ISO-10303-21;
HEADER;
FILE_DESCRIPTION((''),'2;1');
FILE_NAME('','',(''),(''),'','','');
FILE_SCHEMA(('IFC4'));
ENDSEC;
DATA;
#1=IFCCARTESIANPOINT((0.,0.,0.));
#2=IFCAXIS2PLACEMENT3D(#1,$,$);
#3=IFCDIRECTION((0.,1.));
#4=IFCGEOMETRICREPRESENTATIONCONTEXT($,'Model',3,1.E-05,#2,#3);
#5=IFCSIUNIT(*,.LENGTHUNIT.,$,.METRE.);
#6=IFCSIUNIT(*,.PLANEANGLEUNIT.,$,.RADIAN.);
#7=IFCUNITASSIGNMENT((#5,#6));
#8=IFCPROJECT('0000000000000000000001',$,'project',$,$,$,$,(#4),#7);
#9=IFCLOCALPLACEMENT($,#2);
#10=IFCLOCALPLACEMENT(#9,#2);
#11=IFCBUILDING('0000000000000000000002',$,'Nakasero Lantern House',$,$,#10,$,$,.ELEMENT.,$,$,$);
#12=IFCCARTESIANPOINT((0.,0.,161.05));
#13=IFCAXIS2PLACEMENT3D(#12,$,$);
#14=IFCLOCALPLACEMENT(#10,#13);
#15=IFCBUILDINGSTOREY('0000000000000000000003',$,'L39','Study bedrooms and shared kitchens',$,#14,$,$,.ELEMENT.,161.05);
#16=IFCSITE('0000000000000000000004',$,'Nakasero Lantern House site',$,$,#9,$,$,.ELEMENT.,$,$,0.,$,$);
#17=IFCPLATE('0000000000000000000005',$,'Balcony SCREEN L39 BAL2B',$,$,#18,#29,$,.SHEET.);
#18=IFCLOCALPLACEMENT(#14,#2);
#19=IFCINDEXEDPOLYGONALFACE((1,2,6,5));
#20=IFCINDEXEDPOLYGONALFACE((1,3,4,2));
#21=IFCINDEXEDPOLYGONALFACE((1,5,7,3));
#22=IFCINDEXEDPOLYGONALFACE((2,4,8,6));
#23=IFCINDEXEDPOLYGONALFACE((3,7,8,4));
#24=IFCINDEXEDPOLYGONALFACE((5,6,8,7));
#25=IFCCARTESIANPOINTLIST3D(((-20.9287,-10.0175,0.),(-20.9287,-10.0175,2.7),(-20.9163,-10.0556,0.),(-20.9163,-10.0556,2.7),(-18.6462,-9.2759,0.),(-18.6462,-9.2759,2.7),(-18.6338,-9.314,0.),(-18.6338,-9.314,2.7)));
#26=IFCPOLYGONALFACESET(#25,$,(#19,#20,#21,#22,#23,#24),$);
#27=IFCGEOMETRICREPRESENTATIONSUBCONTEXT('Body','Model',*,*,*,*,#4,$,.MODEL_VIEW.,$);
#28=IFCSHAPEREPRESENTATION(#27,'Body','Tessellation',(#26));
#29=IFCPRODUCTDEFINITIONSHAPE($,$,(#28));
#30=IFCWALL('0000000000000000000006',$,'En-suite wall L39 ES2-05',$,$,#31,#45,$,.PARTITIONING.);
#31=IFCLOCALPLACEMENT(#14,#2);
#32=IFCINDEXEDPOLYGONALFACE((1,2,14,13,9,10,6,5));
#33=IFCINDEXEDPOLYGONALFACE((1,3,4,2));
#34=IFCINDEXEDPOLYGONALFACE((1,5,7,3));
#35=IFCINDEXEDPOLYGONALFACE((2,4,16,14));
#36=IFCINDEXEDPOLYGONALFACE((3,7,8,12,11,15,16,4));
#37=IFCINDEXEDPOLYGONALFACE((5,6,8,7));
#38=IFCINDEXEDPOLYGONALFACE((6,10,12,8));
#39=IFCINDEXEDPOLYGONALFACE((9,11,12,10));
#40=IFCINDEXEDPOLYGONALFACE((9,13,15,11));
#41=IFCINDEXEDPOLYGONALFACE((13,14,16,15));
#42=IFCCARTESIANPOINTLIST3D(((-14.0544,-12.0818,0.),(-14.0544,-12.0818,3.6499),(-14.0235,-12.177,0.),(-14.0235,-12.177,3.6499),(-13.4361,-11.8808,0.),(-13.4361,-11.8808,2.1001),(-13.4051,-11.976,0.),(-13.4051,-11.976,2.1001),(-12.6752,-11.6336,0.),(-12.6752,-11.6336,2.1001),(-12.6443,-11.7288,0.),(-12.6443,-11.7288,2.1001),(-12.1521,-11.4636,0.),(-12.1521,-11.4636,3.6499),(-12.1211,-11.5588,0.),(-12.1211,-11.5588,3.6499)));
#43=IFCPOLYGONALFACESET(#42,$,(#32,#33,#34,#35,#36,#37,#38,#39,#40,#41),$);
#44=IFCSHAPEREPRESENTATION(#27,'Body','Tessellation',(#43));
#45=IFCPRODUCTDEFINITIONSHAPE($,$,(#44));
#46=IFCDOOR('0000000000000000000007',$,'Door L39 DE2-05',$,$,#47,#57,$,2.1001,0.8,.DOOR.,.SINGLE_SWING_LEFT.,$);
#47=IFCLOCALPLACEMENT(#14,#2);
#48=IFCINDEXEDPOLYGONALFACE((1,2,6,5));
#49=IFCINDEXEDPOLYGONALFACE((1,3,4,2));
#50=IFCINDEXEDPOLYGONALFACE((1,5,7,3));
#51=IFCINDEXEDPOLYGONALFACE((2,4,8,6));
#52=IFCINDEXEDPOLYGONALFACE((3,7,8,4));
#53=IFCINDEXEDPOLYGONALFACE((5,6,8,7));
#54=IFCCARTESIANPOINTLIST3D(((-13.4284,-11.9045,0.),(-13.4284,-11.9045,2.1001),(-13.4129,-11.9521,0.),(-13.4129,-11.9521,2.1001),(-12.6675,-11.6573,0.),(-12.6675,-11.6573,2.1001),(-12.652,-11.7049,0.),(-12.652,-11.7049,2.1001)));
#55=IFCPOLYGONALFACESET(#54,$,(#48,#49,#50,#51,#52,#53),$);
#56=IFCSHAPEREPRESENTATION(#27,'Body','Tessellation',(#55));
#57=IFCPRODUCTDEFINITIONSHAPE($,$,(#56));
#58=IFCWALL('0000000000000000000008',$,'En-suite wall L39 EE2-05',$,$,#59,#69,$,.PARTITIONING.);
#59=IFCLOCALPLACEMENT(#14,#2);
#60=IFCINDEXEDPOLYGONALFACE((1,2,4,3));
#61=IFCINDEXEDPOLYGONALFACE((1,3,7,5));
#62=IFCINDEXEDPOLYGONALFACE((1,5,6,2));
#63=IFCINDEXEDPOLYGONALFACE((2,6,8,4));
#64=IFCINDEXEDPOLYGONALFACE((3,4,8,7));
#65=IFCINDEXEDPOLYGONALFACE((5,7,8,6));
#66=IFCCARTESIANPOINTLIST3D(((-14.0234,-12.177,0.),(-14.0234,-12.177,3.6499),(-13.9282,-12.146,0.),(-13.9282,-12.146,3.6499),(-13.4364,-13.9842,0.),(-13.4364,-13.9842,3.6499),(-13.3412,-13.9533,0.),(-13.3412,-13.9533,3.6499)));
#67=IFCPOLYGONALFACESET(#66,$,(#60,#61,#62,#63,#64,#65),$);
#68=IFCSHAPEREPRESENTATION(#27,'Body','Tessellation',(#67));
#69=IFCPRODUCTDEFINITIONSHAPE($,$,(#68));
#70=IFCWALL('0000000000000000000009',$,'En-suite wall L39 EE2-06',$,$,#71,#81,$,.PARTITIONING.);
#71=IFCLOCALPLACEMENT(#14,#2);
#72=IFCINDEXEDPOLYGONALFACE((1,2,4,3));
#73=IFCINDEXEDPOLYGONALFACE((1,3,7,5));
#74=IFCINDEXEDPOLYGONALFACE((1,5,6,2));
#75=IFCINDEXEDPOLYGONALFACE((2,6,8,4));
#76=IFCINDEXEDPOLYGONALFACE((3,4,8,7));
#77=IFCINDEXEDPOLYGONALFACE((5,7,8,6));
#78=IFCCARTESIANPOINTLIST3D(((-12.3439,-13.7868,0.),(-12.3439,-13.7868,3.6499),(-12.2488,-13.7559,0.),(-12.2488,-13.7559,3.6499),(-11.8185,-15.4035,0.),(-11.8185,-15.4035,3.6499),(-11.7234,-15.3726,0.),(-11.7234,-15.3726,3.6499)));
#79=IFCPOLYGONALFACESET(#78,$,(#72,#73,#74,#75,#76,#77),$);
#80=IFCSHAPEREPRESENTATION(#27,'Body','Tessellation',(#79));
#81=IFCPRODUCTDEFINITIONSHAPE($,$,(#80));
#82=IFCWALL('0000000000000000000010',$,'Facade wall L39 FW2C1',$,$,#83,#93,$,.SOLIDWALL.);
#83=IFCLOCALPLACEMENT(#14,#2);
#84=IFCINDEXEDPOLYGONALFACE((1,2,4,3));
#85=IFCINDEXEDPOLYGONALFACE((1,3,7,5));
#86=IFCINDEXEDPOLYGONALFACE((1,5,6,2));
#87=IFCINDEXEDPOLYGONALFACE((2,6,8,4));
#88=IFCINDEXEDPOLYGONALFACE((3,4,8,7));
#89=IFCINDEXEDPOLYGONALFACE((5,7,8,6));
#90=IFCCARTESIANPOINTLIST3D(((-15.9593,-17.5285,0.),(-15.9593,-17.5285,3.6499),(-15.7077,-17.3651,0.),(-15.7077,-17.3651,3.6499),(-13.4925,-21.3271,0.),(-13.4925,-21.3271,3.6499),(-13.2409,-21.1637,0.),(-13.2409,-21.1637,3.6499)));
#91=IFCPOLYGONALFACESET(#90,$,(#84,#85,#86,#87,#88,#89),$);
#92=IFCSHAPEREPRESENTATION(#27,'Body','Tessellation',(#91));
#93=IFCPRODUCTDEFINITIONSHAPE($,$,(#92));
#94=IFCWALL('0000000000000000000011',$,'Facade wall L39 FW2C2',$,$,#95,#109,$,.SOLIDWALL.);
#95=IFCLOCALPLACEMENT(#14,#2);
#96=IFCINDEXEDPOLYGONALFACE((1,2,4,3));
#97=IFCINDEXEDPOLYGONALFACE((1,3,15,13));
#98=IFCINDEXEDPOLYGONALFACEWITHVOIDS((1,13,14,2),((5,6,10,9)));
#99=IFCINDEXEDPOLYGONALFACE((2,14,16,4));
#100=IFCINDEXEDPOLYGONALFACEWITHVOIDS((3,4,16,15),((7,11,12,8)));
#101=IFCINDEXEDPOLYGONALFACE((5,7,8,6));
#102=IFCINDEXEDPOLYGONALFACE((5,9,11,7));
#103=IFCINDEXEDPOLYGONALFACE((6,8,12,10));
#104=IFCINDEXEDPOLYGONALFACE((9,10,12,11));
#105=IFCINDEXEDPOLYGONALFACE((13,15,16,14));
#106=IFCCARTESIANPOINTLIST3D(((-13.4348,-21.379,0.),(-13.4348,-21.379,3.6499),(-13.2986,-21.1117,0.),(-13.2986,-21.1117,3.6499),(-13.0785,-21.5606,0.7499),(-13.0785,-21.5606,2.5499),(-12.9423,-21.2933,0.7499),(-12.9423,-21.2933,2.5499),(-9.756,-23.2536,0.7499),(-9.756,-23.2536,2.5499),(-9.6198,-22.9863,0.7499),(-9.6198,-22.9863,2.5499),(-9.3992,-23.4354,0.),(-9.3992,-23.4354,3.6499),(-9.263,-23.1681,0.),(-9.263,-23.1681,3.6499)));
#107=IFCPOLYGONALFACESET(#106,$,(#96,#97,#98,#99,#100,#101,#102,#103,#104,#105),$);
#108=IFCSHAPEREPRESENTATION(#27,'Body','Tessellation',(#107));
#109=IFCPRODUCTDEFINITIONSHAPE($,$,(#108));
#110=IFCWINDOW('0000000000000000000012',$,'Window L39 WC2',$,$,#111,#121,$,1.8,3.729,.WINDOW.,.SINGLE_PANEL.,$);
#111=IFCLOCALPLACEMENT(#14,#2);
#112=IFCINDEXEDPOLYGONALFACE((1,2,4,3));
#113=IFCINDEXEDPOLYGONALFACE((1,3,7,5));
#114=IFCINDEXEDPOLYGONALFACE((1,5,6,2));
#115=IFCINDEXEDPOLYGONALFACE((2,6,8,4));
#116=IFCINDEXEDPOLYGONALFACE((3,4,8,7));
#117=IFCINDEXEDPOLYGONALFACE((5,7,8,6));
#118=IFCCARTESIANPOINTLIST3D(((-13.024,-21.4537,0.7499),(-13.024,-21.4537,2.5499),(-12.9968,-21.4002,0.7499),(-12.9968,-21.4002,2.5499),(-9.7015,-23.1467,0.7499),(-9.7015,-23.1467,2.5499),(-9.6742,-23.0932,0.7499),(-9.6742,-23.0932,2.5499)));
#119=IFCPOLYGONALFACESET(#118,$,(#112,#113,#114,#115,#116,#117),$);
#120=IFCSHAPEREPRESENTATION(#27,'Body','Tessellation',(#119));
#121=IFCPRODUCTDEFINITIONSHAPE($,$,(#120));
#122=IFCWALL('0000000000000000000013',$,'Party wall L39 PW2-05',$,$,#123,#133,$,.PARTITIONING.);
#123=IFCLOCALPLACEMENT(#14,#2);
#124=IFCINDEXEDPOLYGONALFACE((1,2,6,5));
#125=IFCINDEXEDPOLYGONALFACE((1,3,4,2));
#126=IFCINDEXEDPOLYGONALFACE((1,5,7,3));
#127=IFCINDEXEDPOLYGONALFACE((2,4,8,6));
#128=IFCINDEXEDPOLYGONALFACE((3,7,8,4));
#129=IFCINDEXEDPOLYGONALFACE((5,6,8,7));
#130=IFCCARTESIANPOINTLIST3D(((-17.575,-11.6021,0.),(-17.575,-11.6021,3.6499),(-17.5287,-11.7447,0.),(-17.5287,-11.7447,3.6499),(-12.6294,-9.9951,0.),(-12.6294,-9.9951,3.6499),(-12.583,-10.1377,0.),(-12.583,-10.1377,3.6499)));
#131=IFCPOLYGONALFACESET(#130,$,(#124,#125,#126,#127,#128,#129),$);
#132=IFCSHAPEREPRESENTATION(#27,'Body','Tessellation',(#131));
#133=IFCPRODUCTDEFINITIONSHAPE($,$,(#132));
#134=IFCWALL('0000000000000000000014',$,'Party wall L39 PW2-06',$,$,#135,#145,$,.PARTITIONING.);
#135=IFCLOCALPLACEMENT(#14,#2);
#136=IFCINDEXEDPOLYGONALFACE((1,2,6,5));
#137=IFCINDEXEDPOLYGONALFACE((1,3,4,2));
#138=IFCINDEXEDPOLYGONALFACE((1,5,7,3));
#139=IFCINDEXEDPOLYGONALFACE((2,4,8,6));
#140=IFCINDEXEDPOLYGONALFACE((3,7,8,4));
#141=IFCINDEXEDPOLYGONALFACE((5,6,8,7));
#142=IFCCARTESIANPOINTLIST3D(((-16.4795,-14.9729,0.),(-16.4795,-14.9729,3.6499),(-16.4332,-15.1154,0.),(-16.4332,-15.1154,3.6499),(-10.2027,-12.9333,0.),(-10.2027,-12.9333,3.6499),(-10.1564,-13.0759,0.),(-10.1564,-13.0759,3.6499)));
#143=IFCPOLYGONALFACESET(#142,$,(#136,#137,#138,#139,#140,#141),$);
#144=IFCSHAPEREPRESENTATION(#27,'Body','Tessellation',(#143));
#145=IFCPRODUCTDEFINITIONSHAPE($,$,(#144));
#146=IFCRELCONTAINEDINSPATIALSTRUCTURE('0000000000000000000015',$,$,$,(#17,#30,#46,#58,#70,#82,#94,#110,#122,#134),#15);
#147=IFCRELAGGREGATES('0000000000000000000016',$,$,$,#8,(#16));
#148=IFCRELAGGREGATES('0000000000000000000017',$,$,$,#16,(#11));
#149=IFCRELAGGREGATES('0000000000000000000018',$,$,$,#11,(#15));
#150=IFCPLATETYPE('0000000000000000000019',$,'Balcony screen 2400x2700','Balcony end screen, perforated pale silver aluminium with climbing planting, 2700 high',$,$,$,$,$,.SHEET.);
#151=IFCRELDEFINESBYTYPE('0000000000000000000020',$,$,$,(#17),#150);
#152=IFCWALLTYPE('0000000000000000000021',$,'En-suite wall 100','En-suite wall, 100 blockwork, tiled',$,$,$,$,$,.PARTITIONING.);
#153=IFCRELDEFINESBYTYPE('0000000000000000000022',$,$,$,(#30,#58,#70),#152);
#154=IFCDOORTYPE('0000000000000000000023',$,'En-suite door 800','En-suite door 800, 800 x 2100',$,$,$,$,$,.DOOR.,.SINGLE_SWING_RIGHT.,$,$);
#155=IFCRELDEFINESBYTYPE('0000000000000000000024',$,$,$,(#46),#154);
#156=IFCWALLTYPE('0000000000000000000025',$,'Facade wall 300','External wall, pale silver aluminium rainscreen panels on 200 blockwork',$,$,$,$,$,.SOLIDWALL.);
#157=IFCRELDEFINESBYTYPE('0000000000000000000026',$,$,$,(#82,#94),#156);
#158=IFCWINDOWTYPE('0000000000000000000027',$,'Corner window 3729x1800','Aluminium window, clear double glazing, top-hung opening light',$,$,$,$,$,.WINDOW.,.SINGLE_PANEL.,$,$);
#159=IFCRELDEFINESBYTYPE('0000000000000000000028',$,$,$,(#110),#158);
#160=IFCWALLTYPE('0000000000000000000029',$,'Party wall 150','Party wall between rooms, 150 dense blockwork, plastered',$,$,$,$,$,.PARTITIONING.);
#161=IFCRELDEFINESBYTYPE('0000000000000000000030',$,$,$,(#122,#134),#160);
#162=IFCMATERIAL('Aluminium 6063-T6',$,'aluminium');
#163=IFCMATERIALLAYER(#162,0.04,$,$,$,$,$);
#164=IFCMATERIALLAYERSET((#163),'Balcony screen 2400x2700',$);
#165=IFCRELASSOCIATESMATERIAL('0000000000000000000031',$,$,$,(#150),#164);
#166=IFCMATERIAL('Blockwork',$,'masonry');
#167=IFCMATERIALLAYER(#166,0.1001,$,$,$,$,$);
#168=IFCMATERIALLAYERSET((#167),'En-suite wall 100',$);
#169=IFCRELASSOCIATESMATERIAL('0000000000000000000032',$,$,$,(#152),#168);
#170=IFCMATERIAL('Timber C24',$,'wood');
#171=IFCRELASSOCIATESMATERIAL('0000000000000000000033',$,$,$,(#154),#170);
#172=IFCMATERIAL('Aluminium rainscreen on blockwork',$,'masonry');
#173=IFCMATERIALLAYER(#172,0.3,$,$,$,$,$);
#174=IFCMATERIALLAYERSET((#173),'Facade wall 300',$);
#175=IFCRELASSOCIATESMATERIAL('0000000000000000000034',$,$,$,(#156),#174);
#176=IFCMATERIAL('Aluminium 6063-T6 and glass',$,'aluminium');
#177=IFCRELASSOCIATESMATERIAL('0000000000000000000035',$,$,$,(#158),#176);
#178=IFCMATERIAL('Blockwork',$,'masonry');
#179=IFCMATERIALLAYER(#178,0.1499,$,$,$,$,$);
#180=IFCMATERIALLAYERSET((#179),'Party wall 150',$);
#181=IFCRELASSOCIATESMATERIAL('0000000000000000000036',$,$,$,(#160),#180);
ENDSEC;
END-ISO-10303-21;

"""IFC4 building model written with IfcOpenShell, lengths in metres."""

from ifc_helpers import new_model, si_unit, direction, frame, frame_2d, origin, origin_2d, place, context, subcontext, project, spatial, rectangle, extrude, material, layer, layer_set, type_object, element, fill, save


model = new_model("IFC4")

# Units and contexts
model_context = context("Model", 3, precision=1e-05, world=origin(), true_north=direction((0.0, 1.0)))
body_context = subcontext(model_context, "Body", "Model", "MODEL_VIEW")
ifc_project = project(units=[si_unit("LENGTHUNIT", "METRE"), si_unit("PLANEANGLEUNIT", "RADIAN")], contexts=[model_context])

# Site, building, storey
site_placement = place(None, origin())
site = spatial("IfcSite", under=ifc_project, at=site_placement, Name="Nakasero Lantern House site", CompositionType="ELEMENT", RefElevation=0.0)
building_placement = place(site_placement, origin())
building = spatial("IfcBuilding", under=site, at=building_placement, Name="Nakasero Lantern House", CompositionType="ELEMENT")
storey_placement = place(building_placement, frame((0.0, 0.0, 161.05)))
storey = spatial("IfcBuildingStorey", under=building, at=storey_placement, Name="L39", Description="Study bedrooms and shared kitchens", CompositionType="ELEMENT", Elevation=161.05)

# Plate
ifc_material_1 = material(Name="Aluminium 6063-T6", Category="aluminium")
ifc_layer_1 = layer(ifc_material_1, 0.04)
ifc_layer_set_1 = layer_set([ifc_layer_1], Name="Balcony screen 2400x2700")
plate_type = type_object("IfcPlateType", Name="Balcony screen 2400x2700", Description="Balcony end screen, perforated pale silver aluminium with climbing planting, 2700 high", PredefinedType="SHEET", material=ifc_layer_set_1)
plate_placement = place(storey_placement, frame((-19.7812, -9.6658, 0.0), z_axis=(0.0, 0.0, 1.0), x_axis=(-0.951057, -0.309017, 0.0)))
element("IfcPlate", 1, at=plate_placement, inside=storey, type_object=plate_type, Name="Balcony SCREEN L39 BAL2B", PredefinedType="SHEET", context=body_context, shape_type="SweptSolid", body=[
    extrude(rectangle(XDim=2.3999, YDim=0.04, at=origin_2d()), origin(), (0.0, 0.0, 1.0), 2.7),
])

# Wall, opening, door
ifc_material_2 = material(Name="Blockwork", Category="masonry")
ifc_layer_2 = layer(ifc_material_2, 0.1001)
ifc_layer_set_2 = layer_set([ifc_layer_2], Name="En-suite wall 100")
wall_type_1 = type_object("IfcWallType", Name="En-suite wall 100", Description="En-suite wall, 100 blockwork, tiled", PredefinedType="PARTITIONING", material=ifc_layer_set_2)
wall_1_placement = place(storey_placement, frame((-12.1367, -11.5112, 0.0), z_axis=(0.0, 0.0, 1.0), x_axis=(-0.951048, -0.309042, 0.0)))
wall_1 = element("IfcWall", 2, at=wall_1_placement, inside=storey, type_object=wall_type_1, Name="En-suite wall L39 ES2-05", PredefinedType="PARTITIONING", context=body_context, shape_type="SweptSolid", body=[
    extrude(rectangle(XDim=2.0002, YDim=0.1001, at=frame_2d((1.0, 0.0))), origin(), (0.0, 0.0, 1.0), 3.6499),
])
opening_1_placement = place(wall_1_placement, frame((0.55, 0.0, 0.0)))
opening_1 = element("IfcOpeningElement", 3, at=opening_1_placement, cuts=wall_1, PredefinedType="OPENING", context=body_context, shape_type="SweptSolid", body=[
    extrude(rectangle(XDim=0.8, YDim=2.1001, at=frame_2d((0.3999, 1.05))), frame((0.0, 0.0701, 0.0), z_axis=(0.0, -1.0, 0.0), x_axis=(1.0, 0.0, 0.0)), (0.0, 0.0, 1.0), 0.1401),
])
ifc_material_3 = material(Name="Timber C24", Category="wood")
door_type = type_object("IfcDoorType", Name="En-suite door 800", Description="En-suite door 800, 800 x 2100", OperationType="SINGLE_SWING_RIGHT", PredefinedType="DOOR", material=ifc_material_3)
door_placement = place(opening_1_placement, origin())
door = element("IfcDoor", 4, at=door_placement, inside=storey, type_object=door_type, Name="Door L39 DE2-05", OperationType="SINGLE_SWING_LEFT", OverallHeight=2.1001, OverallWidth=0.8, PredefinedType="DOOR", context=body_context, shape_type="SweptSolid", body=[
    extrude(rectangle(XDim=0.8, YDim=2.1001, at=frame_2d((0.3999, 1.05))), frame((0.0, 0.0249, 0.0), z_axis=(0.0, -1.0, 0.0), x_axis=(1.0, 0.0, 0.0)), (0.0, 0.0, 1.0), 0.05),
])
fill(opening_1, door)

# Walls
wall_2_placement = place(storey_placement, frame((-13.9758, -12.1614, 0.0), z_axis=(0.0, 0.0, 1.0), x_axis=(0.308894, -0.951096, 0.0)))
element("IfcWall", 5, at=wall_2_placement, inside=storey, type_object=wall_type_1, Name="En-suite wall L39 EE2-05", PredefinedType="PARTITIONING", context=body_context, shape_type="SweptSolid", body=[
    extrude(rectangle(XDim=1.9001, YDim=0.1001, at=frame_2d((0.9502, 0.0))), origin(), (0.0, 0.0, 1.0), 3.6499),
])
wall_3_placement = place(storey_placement, frame((-12.2964, -13.7712, 0.0), z_axis=(0.0, 0.0, 1.0), x_axis=(0.309067, -0.95104, 0.0)))
element("IfcWall", 6, at=wall_3_placement, inside=storey, type_object=wall_type_1, Name="En-suite wall L39 EE2-06", PredefinedType="PARTITIONING", context=body_context, shape_type="SweptSolid", body=[
    extrude(rectangle(XDim=1.7, YDim=0.1001, at=frame_2d((0.8501, 0.0))), origin(), (0.0, 0.0, 1.0), 3.6499),
])
ifc_material_4 = material(Name="Aluminium rainscreen on blockwork", Category="masonry")
ifc_layer_3 = layer(ifc_material_4, 0.3)
ifc_layer_set_3 = layer_set([ifc_layer_3], Name="Facade wall 300")
wall_type_2 = type_object("IfcWallType", Name="Facade wall 300", Description="External wall, pale silver aluminium rainscreen panels on 200 blockwork", PredefinedType="SOLIDWALL", material=ifc_layer_set_3)
wall_4_placement = place(storey_placement, frame((-15.8335, -17.4468, 0.0), z_axis=(0.0, 0.0, 1.0), x_axis=(0.544634, -0.838674, 0.0)))
element("IfcWall", 7, at=wall_4_placement, inside=storey, type_object=wall_type_2, Name="Facade wall L39 FW2C1", PredefinedType="SOLIDWALL", context=body_context, shape_type="SweptSolid", body=[
    extrude(rectangle(XDim=4.5293, YDim=0.3, at=frame_2d((2.2646, 0.0))), origin(), (0.0, 0.0, 1.0), 3.6499),
])

# Wall, opening, window
wall_5_placement = place(storey_placement, frame((-13.3667, -21.2454, 0.0), z_axis=(0.0, 0.0, 1.0), x_axis=(0.890995, -0.454014, 0.0)))
wall_5 = element("IfcWall", 8, at=wall_5_placement, inside=storey, type_object=wall_type_2, Name="Facade wall L39 FW2C2", PredefinedType="SOLIDWALL", context=body_context, shape_type="SweptSolid", body=[
    extrude(rectangle(XDim=4.5293, YDim=0.3, at=frame_2d((2.2646, 0.0))), origin(), (0.0, 0.0, 1.0), 3.6499),
])
opening_2_placement = place(wall_5_placement, frame((0.3999, 0.0, 0.75)))
opening_2 = element("IfcOpeningElement", 9, at=opening_2_placement, cuts=wall_5, PredefinedType="OPENING", context=body_context, shape_type="SweptSolid", body=[
    extrude(rectangle(XDim=3.729, YDim=1.8, at=frame_2d((1.8645, 0.8999))), frame((0.0, 0.1699, 0.0), z_axis=(0.0, -1.0, 0.0), x_axis=(1.0, 0.0, 0.0)), (0.0, 0.0, 1.0), 0.3401),
])
ifc_material_5 = material(Name="Aluminium 6063-T6 and glass", Category="aluminium")
window_type = type_object("IfcWindowType", Name="Corner window 3729x1800", Description="Aluminium window, clear double glazing, top-hung opening light", PartitioningType="SINGLE_PANEL", PredefinedType="WINDOW", material=ifc_material_5)
window_placement = place(opening_2_placement, origin())
window = element("IfcWindow", 10, at=window_placement, inside=storey, type_object=window_type, Name="Window L39 WC2", OverallHeight=1.8, OverallWidth=3.729, PartitioningType="SINGLE_PANEL", PredefinedType="WINDOW", context=body_context, shape_type="SweptSolid", body=[
    extrude(rectangle(XDim=3.729, YDim=1.8, at=frame_2d((1.8645, 0.8999))), frame((0.0, 0.03, 0.0), z_axis=(0.0, -1.0, 0.0), x_axis=(1.0, 0.0, 0.0)), (0.0, 0.0, 1.0), 0.0601),
])
fill(opening_2, window)

# Walls
ifc_material_6 = material(Name="Blockwork", Category="masonry")
ifc_layer_4 = layer(ifc_material_6, 0.1499)
ifc_layer_set_4 = layer_set([ifc_layer_4], Name="Party wall 150")
wall_type_3 = type_object("IfcWallType", Name="Party wall 150", Description="Party wall between rooms, 150 dense blockwork, plastered", PredefinedType="PARTITIONING", material=ifc_layer_set_4)
wall_6_placement = place(storey_placement, frame((-12.6062, -10.0664, 0.0), z_axis=(0.0, 0.0, 1.0), x_axis=(-0.951055, -0.309021, 0.0)))
element("IfcWall", 11, at=wall_6_placement, inside=storey, type_object=wall_type_3, Name="Party wall L39 PW2-05", PredefinedType="PARTITIONING", context=body_context, shape_type="SweptSolid", body=[
    extrude(rectangle(XDim=5.2002, YDim=0.1499, at=frame_2d((2.6001, 0.0))), origin(), (0.0, 0.0, 1.0), 3.6499),
])
wall_7_placement = place(storey_placement, frame((-10.1797, -13.0046, 0.0), z_axis=(0.0, 0.0, 1.0), x_axis=(-0.951053, -0.309028, 0.0)))
element("IfcWall", 12, at=wall_7_placement, inside=storey, type_object=wall_type_3, Name="Party wall L39 PW2-06", PredefinedType="PARTITIONING", context=body_context, shape_type="SweptSolid", body=[
    extrude(rectangle(XDim=6.5999, YDim=0.1499, at=frame_2d((3.2998, 0.0))), origin(), (0.0, 0.0, 1.0), 3.6499),
])

save(model, "model.ifc")
